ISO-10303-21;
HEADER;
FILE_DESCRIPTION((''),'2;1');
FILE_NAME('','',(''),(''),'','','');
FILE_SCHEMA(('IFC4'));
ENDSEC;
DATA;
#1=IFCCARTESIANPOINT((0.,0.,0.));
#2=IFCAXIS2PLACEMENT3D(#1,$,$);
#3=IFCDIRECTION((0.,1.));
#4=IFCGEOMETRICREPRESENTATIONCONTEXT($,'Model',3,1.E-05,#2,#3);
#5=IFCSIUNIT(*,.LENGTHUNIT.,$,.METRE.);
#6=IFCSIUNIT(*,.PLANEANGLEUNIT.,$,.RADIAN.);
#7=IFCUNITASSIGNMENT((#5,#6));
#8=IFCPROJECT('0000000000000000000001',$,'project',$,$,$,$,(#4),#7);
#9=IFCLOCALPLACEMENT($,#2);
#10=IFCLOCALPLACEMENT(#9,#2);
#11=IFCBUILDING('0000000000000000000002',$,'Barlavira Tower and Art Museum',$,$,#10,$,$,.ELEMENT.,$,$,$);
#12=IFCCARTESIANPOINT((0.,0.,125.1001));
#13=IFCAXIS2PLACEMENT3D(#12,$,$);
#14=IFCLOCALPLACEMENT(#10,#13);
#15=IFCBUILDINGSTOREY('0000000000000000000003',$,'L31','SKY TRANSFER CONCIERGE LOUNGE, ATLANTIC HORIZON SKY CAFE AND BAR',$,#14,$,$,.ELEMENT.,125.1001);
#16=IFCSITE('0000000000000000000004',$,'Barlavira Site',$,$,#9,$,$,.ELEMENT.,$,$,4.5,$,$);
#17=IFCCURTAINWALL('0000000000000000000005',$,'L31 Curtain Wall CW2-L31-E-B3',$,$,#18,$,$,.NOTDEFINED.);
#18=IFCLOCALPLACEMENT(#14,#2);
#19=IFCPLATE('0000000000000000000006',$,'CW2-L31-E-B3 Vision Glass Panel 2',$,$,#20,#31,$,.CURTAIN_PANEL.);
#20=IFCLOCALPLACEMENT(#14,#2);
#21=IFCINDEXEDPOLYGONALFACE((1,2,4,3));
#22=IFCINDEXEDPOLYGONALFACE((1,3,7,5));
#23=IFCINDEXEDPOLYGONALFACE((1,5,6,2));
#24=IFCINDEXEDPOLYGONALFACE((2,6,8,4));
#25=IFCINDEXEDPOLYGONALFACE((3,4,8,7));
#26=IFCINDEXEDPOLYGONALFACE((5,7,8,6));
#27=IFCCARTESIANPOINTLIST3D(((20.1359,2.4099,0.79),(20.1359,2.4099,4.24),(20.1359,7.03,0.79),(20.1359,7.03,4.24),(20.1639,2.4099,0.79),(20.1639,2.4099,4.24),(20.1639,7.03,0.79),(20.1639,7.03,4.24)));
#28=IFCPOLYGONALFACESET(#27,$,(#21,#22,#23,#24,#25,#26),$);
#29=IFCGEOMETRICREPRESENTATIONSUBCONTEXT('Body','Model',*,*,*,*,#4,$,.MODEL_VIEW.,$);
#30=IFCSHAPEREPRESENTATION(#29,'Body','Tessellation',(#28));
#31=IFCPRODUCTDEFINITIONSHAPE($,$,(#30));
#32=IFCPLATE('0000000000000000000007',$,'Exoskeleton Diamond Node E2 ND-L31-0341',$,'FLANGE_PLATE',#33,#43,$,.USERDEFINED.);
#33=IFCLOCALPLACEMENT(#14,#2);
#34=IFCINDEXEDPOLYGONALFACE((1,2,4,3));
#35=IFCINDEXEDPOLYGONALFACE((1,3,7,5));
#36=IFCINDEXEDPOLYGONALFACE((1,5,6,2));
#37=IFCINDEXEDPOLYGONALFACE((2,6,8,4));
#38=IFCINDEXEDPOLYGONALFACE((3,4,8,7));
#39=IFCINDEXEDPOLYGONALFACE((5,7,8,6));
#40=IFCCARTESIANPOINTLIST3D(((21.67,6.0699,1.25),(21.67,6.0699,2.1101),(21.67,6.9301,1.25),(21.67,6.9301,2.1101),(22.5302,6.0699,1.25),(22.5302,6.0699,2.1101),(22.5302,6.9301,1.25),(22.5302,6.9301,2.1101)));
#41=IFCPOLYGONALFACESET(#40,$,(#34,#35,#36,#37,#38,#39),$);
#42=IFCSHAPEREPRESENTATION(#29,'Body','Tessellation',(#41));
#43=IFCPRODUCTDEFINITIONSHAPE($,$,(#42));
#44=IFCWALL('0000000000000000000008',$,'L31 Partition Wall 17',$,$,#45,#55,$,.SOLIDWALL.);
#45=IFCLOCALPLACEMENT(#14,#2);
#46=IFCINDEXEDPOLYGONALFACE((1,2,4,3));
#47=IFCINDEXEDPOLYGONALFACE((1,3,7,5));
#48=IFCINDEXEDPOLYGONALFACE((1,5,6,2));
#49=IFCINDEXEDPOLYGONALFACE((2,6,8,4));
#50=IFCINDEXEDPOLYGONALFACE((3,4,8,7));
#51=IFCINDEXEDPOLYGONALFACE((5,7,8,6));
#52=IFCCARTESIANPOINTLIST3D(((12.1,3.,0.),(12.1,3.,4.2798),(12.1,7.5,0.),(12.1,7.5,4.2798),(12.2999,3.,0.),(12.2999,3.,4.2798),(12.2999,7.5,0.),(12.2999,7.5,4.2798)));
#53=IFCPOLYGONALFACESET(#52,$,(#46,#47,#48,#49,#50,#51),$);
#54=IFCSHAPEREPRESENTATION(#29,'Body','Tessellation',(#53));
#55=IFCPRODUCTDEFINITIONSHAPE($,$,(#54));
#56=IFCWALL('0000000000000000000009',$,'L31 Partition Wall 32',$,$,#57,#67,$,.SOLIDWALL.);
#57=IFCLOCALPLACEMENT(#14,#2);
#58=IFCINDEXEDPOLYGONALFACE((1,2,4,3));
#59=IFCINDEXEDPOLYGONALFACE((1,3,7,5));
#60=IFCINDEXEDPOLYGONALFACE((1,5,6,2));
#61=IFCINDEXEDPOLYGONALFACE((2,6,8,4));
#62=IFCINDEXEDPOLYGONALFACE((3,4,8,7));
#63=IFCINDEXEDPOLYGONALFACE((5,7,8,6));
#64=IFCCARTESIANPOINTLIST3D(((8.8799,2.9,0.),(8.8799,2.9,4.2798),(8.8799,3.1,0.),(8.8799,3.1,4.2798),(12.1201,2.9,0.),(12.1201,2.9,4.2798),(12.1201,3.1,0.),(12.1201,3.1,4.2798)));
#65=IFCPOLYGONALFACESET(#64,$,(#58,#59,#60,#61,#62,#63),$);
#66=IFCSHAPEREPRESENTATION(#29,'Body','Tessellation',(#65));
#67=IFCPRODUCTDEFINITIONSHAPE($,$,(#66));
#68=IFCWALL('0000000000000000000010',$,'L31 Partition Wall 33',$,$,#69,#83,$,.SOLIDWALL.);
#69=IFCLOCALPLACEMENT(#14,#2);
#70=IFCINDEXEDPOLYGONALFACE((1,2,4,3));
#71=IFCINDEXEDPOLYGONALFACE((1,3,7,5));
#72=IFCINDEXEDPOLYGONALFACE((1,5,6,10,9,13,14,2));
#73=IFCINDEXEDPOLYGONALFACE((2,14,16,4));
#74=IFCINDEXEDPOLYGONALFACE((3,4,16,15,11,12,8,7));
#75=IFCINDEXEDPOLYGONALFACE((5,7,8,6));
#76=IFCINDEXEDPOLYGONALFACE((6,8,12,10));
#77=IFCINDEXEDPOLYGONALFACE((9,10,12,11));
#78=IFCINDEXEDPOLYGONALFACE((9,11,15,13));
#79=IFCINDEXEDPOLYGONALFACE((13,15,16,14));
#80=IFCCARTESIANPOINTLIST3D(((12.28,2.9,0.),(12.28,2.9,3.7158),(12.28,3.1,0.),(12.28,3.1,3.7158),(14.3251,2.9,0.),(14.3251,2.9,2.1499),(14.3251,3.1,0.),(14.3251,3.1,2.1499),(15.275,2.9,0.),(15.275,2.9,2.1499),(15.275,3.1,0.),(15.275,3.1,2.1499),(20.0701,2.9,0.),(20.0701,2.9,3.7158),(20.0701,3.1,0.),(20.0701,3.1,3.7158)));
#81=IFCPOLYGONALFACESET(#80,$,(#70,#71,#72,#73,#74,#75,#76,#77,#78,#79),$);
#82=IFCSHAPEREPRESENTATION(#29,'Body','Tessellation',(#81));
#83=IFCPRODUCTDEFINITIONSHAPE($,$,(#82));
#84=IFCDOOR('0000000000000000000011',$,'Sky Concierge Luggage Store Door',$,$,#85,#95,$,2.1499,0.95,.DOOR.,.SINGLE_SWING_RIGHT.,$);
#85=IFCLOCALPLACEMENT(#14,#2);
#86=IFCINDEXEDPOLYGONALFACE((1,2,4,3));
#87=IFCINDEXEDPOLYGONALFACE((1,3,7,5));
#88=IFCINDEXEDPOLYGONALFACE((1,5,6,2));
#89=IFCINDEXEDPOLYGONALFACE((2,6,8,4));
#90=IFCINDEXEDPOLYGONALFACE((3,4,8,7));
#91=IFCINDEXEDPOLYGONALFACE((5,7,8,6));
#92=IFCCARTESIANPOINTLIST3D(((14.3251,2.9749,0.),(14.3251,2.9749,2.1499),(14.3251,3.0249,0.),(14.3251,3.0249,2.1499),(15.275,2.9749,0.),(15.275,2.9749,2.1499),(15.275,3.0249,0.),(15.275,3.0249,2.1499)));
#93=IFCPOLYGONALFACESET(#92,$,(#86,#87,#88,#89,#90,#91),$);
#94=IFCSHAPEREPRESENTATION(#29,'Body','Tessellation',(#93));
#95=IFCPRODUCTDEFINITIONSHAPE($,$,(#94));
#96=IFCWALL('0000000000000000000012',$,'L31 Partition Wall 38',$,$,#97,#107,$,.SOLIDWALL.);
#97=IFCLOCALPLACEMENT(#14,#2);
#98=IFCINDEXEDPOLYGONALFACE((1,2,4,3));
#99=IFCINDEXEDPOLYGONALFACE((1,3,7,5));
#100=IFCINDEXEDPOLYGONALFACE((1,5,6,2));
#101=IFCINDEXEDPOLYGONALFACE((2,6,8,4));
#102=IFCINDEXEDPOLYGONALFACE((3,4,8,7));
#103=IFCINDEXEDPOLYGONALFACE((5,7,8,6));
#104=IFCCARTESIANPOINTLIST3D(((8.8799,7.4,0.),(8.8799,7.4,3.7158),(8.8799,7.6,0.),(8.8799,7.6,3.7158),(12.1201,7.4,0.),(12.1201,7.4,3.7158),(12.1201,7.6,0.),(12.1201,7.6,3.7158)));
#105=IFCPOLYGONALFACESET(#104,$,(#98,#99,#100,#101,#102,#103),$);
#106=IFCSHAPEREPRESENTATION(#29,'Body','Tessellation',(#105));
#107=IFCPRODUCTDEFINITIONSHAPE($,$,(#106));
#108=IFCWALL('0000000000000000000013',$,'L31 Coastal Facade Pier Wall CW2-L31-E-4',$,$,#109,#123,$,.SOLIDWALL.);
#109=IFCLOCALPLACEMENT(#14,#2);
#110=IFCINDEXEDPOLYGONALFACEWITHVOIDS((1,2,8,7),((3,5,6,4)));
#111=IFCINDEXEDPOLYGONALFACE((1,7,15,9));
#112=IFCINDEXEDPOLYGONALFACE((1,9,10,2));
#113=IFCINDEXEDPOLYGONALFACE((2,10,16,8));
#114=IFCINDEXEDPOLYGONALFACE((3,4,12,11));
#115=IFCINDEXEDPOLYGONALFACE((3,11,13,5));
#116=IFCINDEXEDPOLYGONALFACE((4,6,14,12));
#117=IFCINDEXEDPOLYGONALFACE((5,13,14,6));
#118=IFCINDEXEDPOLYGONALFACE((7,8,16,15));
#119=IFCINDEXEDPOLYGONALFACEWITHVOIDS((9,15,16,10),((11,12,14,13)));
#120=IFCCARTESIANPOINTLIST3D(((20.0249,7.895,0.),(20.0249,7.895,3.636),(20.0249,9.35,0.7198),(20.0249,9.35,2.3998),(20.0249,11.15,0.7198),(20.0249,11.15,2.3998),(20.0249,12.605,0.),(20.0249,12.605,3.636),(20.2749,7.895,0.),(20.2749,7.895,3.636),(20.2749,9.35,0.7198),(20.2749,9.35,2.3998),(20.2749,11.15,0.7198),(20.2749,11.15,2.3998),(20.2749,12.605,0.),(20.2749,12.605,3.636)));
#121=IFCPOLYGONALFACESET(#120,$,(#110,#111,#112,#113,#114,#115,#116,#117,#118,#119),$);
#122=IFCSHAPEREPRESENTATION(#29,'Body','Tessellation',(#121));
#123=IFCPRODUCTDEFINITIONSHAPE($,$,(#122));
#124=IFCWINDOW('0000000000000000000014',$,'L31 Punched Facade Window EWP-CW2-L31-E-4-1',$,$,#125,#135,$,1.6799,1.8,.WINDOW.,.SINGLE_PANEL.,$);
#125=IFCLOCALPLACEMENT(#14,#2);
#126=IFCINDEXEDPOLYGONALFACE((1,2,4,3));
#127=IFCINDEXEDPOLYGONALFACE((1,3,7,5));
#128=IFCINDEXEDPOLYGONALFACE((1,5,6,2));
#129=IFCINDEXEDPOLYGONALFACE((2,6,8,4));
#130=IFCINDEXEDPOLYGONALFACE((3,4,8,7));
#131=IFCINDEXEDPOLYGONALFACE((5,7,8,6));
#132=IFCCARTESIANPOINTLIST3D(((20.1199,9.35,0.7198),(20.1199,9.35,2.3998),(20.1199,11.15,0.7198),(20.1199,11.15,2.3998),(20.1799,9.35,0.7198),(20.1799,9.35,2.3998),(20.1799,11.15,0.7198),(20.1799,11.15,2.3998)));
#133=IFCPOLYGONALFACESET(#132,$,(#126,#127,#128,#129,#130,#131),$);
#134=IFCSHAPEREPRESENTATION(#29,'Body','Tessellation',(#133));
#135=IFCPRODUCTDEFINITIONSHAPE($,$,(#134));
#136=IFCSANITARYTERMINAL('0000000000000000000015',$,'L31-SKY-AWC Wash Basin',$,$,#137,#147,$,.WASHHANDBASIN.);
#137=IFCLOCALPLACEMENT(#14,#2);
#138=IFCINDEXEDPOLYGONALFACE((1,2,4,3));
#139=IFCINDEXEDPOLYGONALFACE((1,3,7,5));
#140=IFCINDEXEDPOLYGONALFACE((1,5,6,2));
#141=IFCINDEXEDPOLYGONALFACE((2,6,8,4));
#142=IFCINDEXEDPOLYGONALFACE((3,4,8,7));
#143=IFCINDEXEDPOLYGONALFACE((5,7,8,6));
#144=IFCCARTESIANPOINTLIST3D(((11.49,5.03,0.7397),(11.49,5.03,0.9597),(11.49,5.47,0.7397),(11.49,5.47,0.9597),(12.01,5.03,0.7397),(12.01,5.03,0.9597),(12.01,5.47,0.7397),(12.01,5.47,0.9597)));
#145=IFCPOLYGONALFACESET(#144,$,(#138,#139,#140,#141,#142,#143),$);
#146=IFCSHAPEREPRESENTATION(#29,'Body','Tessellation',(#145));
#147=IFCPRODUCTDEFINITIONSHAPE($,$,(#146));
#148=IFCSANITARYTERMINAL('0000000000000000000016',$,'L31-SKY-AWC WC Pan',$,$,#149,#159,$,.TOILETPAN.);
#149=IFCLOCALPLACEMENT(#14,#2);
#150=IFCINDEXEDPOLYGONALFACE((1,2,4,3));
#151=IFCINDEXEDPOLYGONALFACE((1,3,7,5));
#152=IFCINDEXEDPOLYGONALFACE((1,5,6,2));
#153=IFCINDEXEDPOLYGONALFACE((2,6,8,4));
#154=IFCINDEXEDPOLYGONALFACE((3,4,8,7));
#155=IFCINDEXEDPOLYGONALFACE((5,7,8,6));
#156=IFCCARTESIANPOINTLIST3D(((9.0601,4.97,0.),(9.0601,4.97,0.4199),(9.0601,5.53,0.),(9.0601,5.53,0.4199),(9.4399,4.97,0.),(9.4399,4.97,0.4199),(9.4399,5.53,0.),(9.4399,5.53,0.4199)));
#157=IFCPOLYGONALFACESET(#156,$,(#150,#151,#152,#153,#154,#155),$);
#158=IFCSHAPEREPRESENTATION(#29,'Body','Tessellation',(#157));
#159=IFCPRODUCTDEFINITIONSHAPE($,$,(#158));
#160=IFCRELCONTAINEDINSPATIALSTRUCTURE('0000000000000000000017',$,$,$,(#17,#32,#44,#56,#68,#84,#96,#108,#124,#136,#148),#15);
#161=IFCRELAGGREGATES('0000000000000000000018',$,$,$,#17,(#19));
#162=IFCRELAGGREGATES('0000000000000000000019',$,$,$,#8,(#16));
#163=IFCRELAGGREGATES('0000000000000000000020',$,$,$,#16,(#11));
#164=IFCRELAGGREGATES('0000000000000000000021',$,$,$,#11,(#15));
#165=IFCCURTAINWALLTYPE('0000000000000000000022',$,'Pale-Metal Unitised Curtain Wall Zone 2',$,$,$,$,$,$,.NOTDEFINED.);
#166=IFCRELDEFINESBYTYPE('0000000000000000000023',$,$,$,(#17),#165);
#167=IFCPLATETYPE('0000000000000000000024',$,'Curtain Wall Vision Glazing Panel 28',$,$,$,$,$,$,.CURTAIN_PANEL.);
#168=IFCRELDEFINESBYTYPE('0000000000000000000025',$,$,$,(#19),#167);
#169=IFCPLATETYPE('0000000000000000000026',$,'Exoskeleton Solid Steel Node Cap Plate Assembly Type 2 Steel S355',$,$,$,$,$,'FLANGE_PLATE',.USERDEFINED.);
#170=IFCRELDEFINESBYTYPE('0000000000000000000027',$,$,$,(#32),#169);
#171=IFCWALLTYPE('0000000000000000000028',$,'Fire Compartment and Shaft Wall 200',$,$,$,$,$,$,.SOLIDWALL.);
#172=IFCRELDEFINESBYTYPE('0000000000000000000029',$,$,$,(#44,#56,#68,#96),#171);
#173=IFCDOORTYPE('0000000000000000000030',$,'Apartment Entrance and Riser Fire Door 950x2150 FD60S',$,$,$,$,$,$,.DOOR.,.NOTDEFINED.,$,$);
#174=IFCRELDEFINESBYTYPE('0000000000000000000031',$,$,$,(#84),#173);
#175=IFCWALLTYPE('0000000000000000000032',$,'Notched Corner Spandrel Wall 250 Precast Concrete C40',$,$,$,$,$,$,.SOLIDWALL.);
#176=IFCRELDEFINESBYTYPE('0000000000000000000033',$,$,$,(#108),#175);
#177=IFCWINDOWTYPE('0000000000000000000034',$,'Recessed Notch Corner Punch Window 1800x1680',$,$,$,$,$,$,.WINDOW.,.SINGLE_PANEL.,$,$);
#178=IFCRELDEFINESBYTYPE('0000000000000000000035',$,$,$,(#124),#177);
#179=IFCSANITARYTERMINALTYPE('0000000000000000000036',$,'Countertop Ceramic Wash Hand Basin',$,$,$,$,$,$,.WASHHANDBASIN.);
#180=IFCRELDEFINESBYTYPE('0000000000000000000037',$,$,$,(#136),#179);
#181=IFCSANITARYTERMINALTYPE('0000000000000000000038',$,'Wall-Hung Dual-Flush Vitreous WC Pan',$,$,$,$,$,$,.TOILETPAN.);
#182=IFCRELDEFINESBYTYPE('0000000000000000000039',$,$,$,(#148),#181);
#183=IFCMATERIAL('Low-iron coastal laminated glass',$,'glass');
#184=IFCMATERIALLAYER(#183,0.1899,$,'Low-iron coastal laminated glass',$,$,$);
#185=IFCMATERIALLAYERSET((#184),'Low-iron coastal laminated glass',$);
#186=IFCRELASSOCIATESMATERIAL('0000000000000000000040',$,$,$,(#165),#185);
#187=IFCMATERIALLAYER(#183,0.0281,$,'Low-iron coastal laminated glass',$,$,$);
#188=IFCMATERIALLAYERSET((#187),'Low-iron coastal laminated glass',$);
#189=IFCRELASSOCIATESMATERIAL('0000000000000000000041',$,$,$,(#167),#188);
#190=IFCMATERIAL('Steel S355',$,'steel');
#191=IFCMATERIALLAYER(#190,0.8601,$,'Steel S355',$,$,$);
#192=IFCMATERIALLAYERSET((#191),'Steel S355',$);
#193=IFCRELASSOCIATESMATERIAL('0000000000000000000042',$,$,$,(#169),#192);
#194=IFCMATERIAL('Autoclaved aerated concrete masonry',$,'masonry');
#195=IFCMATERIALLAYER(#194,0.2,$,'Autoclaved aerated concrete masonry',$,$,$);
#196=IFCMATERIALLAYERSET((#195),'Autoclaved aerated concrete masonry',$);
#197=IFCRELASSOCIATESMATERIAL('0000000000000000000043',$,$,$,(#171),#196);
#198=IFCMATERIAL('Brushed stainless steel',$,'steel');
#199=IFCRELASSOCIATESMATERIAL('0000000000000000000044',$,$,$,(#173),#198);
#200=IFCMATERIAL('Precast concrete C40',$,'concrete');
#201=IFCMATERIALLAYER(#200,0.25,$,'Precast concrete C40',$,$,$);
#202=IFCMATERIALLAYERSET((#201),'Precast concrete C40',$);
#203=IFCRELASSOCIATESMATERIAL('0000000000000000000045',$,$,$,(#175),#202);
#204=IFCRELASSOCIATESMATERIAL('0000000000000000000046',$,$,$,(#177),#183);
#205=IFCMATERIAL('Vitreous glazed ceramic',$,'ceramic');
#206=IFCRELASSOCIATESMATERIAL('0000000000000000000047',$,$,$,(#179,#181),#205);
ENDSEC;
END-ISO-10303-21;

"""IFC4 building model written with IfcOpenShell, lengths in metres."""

from ifc_helpers import new_model, si_unit, direction, frame, frame_2d, origin, origin_2d, place, context, subcontext, project, spatial, rectangle, extrude, material, layer, layer_set, type_object, element, fill, aggregate, save


model = new_model("IFC4")

# Units and contexts
model_context = context("Model", 3, precision=1e-05, world=origin(), true_north=direction((0.0, 1.0)))
body_context = subcontext(model_context, "Body", "Model", "MODEL_VIEW")
ifc_project = project(units=[si_unit("LENGTHUNIT", "METRE"), si_unit("PLANEANGLEUNIT", "RADIAN")], contexts=[model_context])

# Site, building, storey
site_placement = place(None, origin())
site = spatial("IfcSite", under=ifc_project, at=site_placement, Name="Barlavira Site", CompositionType="ELEMENT", RefElevation=4.5)
building_placement = place(site_placement, origin())
building = spatial("IfcBuilding", under=site, at=building_placement, Name="Barlavira Tower and Art Museum", CompositionType="ELEMENT")
storey_placement = place(building_placement, frame((0.0, 0.0, 125.1001)))
storey = spatial("IfcBuildingStorey", under=building, at=storey_placement, Name="L31", Description="SKY TRANSFER CONCIERGE LOUNGE, ATLANTIC HORIZON SKY CAFE AND BAR", CompositionType="ELEMENT", Elevation=125.1001)

# Curtain wall
ifc_material_1 = material(Name="Low-iron coastal laminated glass", Category="glass")
ifc_layer_1 = layer(ifc_material_1, 0.1899, Name="Low-iron coastal laminated glass")
ifc_layer_set_1 = layer_set([ifc_layer_1], Name="Low-iron coastal laminated glass")
curtain_wall_type = type_object("IfcCurtainWallType", Name="Pale-Metal Unitised Curtain Wall Zone 2", PredefinedType="NOTDEFINED", material=ifc_layer_set_1)
curtain_wall_placement = place(storey_placement, origin())
curtain_wall = element("IfcCurtainWall", 1, at=curtain_wall_placement, inside=storey, type_object=curtain_wall_type, Name="L31 Curtain Wall CW2-L31-E-B3", PredefinedType="NOTDEFINED")

# Shared definitions
ifc_material_2 = material(Name="Steel S355", Category="steel")

# Plates
ifc_layer_2 = layer(ifc_material_1, 0.0281, Name="Low-iron coastal laminated glass")
ifc_layer_set_2 = layer_set([ifc_layer_2], Name="Low-iron coastal laminated glass")
plate_type_1 = type_object("IfcPlateType", Name="Curtain Wall Vision Glazing Panel 28", PredefinedType="CURTAIN_PANEL", material=ifc_layer_set_2)
plate_1_placement = place(storey_placement, frame((20.1499, 4.72, 0.79), z_axis=(0.0, 0.0, 1.0), x_axis=(0.0, 1.0, 0.0)))
plate_1 = element("IfcPlate", 2, at=plate_1_placement, type_object=plate_type_1, Name="CW2-L31-E-B3 Vision Glass Panel 2", PredefinedType="CURTAIN_PANEL", context=body_context, shape_type="SweptSolid", body=[
    extrude(rectangle(XDim=4.6201, YDim=0.0281, at=origin_2d()), origin(), (0.0, 0.0, 1.0), 3.45),
])
aggregate(curtain_wall, [plate_1])
ifc_layer_3 = layer(ifc_material_2, 0.8601, Name="Steel S355")
ifc_layer_set_3 = layer_set([ifc_layer_3], Name="Steel S355")
plate_type_2 = type_object("IfcPlateType", Name="Exoskeleton Solid Steel Node Cap Plate Assembly Type 2 Steel S355", ElementType="FLANGE_PLATE", PredefinedType="USERDEFINED", material=ifc_layer_set_3)
plate_2_placement = place(storey_placement, frame((22.1001, 6.5, 1.25), z_axis=(0.0, 0.0, 1.0), x_axis=(1.0, 0.0, 0.0)))
element("IfcPlate", 3, at=plate_2_placement, inside=storey, type_object=plate_type_2, Name="Exoskeleton Diamond Node E2 ND-L31-0341", ObjectType="FLANGE_PLATE", PredefinedType="USERDEFINED", context=body_context, shape_type="SweptSolid", body=[
    extrude(rectangle(XDim=0.8601, YDim=0.8601, at=origin_2d()), origin(), (0.0, 0.0, 1.0), 0.8601),
])

# Walls
ifc_material_3 = material(Name="Autoclaved aerated concrete masonry", Category="masonry")
ifc_layer_4 = layer(ifc_material_3, 0.2, Name="Autoclaved aerated concrete masonry")
ifc_layer_set_4 = layer_set([ifc_layer_4], Name="Autoclaved aerated concrete masonry")
wall_type_1 = type_object("IfcWallType", Name="Fire Compartment and Shaft Wall 200", PredefinedType="SOLIDWALL", material=ifc_layer_set_4)
wall_1_placement = place(storey_placement, frame((12.2, 3.0, 0.0), z_axis=(0.0, 0.0, 1.0), x_axis=(0.0, 1.0, 0.0)))
element("IfcWall", 4, at=wall_1_placement, inside=storey, type_object=wall_type_1, Name="L31 Partition Wall 17", PredefinedType="SOLIDWALL", context=body_context, shape_type="SweptSolid", body=[
    extrude(rectangle(XDim=4.5, YDim=0.2, at=frame_2d((2.25, 0.0))), origin(), (0.0, 0.0, 1.0), 4.2798),
])
wall_2_placement = place(storey_placement, frame((8.8799, 3.0, 0.0), z_axis=(0.0, 0.0, 1.0), x_axis=(1.0, 0.0, 0.0)))
element("IfcWall", 5, at=wall_2_placement, inside=storey, type_object=wall_type_1, Name="L31 Partition Wall 32", PredefinedType="SOLIDWALL", context=body_context, shape_type="SweptSolid", body=[
    extrude(rectangle(XDim=3.2402, YDim=0.2, at=frame_2d((1.6201, 0.0))), origin(), (0.0, 0.0, 1.0), 4.2798),
])

# Wall, opening, door
wall_3_placement = place(storey_placement, frame((12.28, 3.0, 0.0), z_axis=(0.0, 0.0, 1.0), x_axis=(1.0, 0.0, 0.0)))
wall_3 = element("IfcWall", 6, at=wall_3_placement, inside=storey, type_object=wall_type_1, Name="L31 Partition Wall 33", PredefinedType="SOLIDWALL", context=body_context, shape_type="SweptSolid", body=[
    extrude(rectangle(XDim=7.79, YDim=0.2, at=frame_2d((3.895, 0.0))), origin(), (0.0, 0.0, 1.0), 3.7158),
])
opening_1_placement = place(wall_3_placement, frame((2.0449, 0.0, 0.0)))
opening_1 = element("IfcOpeningElement", 7, at=opening_1_placement, cuts=wall_3, PredefinedType="OPENING", context=body_context, shape_type="SweptSolid", body=[
    extrude(rectangle(XDim=0.95, YDim=2.1499, at=frame_2d((0.4751, 1.075))), frame((0.0, 0.1099, 0.0), z_axis=(0.0, -1.0, 0.0), x_axis=(1.0, 0.0, 0.0)), (0.0, 0.0, 1.0), 0.22),
])
ifc_material_4 = material(Name="Brushed stainless steel", Category="steel")
door_type = type_object("IfcDoorType", Name="Apartment Entrance and Riser Fire Door 950x2150 FD60S", OperationType="NOTDEFINED", PredefinedType="DOOR", material=ifc_material_4)
door_placement = place(opening_1_placement, origin())
door = element("IfcDoor", 8, at=door_placement, inside=storey, type_object=door_type, Name="Sky Concierge Luggage Store Door", OperationType="SINGLE_SWING_RIGHT", OverallHeight=2.1499, OverallWidth=0.95, PredefinedType="DOOR", context=body_context, shape_type="SweptSolid", body=[
    extrude(rectangle(XDim=0.95, YDim=2.1499, at=frame_2d((0.4751, 1.075))), frame((0.0, 0.0249, 0.0), z_axis=(0.0, -1.0, 0.0), x_axis=(1.0, 0.0, 0.0)), (0.0, 0.0, 1.0), 0.05),
])
fill(opening_1, door)

# Wall
wall_4_placement = place(storey_placement, frame((8.8799, 7.5, 0.0), z_axis=(0.0, 0.0, 1.0), x_axis=(1.0, 0.0, 0.0)))
element("IfcWall", 9, at=wall_4_placement, inside=storey, type_object=wall_type_1, Name="L31 Partition Wall 38", PredefinedType="SOLIDWALL", context=body_context, shape_type="SweptSolid", body=[
    extrude(rectangle(XDim=3.2402, YDim=0.2, at=frame_2d((1.6201, 0.0))), origin(), (0.0, 0.0, 1.0), 3.7158),
])

# Wall, opening, window
ifc_material_5 = material(Name="Precast concrete C40", Category="concrete")
ifc_layer_5 = layer(ifc_material_5, 0.25, Name="Precast concrete C40")
ifc_layer_set_5 = layer_set([ifc_layer_5], Name="Precast concrete C40")
wall_type_2 = type_object("IfcWallType", Name="Notched Corner Spandrel Wall 250 Precast Concrete C40", PredefinedType="SOLIDWALL", material=ifc_layer_set_5)
wall_5_placement = place(storey_placement, frame((20.1499, 7.895, 0.0), z_axis=(0.0, 0.0, 1.0), x_axis=(0.0, 1.0, 0.0)))
wall_5 = element("IfcWall", 10, at=wall_5_placement, inside=storey, type_object=wall_type_2, Name="L31 Coastal Facade Pier Wall CW2-L31-E-4", PredefinedType="SOLIDWALL", context=body_context, shape_type="SweptSolid", body=[
    extrude(rectangle(XDim=4.71, YDim=0.25, at=frame_2d((2.355, 0.0))), origin(), (0.0, 0.0, 1.0), 3.636),
])
opening_2_placement = place(wall_5_placement, frame((1.4551, 0.0, 0.72)))
opening_2 = element("IfcOpeningElement", 11, at=opening_2_placement, cuts=wall_5, PredefinedType="OPENING", context=body_context, shape_type="SweptSolid", body=[
    extrude(rectangle(XDim=1.8, YDim=1.6799, at=frame_2d((0.8999, 0.8398))), frame((0.0, 0.135, 0.0), z_axis=(0.0, -1.0, 0.0), x_axis=(1.0, 0.0, 0.0)), (0.0, 0.0, 1.0), 0.27),
])
window_type = type_object("IfcWindowType", Name="Recessed Notch Corner Punch Window 1800x1680", PartitioningType="SINGLE_PANEL", PredefinedType="WINDOW", material=ifc_material_1)
window_placement = place(opening_2_placement, origin())
window = element("IfcWindow", 12, at=window_placement, inside=storey, type_object=window_type, Name="L31 Punched Facade Window EWP-CW2-L31-E-4-1", OverallHeight=1.6799, OverallWidth=1.8, PartitioningType="SINGLE_PANEL", PredefinedType="WINDOW", context=body_context, shape_type="SweptSolid", body=[
    extrude(rectangle(XDim=1.8, YDim=1.6799, at=frame_2d((0.8999, 0.8398))), frame((0.0, 0.03, 0.0), z_axis=(0.0, -1.0, 0.0), x_axis=(1.0, 0.0, 0.0)), (0.0, 0.0, 1.0), 0.0601),
])
fill(opening_2, window)

# Sanitary terminals
ifc_material_6 = material(Name="Vitreous glazed ceramic", Category="ceramic")
sanitary_terminal_type_1 = type_object("IfcSanitaryTerminalType", Name="Countertop Ceramic Wash Hand Basin", PredefinedType="WASHHANDBASIN", material=ifc_material_6)
sanitary_terminal_1_placement = place(storey_placement, frame((11.75, 5.25, 0.7397), z_axis=(0.0, 0.0, 1.0), x_axis=(1.0, 0.0, 0.0)))
element("IfcSanitaryTerminal", 13, at=sanitary_terminal_1_placement, inside=storey, type_object=sanitary_terminal_type_1, Name="L31-SKY-AWC Wash Basin", PredefinedType="WASHHANDBASIN", context=body_context, shape_type="SweptSolid", body=[
    extrude(rectangle(XDim=0.52, YDim=0.4399, at=origin_2d()), origin(), (0.0, 0.0, 1.0), 0.22),
])
sanitary_terminal_type_2 = type_object("IfcSanitaryTerminalType", Name="Wall-Hung Dual-Flush Vitreous WC Pan", PredefinedType="TOILETPAN", material=ifc_material_6)
sanitary_terminal_2_placement = place(storey_placement, frame((9.25, 5.25, 0.0), z_axis=(0.0, 0.0, 1.0), x_axis=(1.0, 0.0, 0.0)))
element("IfcSanitaryTerminal", 14, at=sanitary_terminal_2_placement, inside=storey, type_object=sanitary_terminal_type_2, Name="L31-SKY-AWC WC Pan", PredefinedType="TOILETPAN", context=body_context, shape_type="SweptSolid", body=[
    extrude(rectangle(XDim=0.3799, YDim=0.5601, at=origin_2d()), origin(), (0.0, 0.0, 1.0), 0.4199),
])

save(model, "model.ifc")
